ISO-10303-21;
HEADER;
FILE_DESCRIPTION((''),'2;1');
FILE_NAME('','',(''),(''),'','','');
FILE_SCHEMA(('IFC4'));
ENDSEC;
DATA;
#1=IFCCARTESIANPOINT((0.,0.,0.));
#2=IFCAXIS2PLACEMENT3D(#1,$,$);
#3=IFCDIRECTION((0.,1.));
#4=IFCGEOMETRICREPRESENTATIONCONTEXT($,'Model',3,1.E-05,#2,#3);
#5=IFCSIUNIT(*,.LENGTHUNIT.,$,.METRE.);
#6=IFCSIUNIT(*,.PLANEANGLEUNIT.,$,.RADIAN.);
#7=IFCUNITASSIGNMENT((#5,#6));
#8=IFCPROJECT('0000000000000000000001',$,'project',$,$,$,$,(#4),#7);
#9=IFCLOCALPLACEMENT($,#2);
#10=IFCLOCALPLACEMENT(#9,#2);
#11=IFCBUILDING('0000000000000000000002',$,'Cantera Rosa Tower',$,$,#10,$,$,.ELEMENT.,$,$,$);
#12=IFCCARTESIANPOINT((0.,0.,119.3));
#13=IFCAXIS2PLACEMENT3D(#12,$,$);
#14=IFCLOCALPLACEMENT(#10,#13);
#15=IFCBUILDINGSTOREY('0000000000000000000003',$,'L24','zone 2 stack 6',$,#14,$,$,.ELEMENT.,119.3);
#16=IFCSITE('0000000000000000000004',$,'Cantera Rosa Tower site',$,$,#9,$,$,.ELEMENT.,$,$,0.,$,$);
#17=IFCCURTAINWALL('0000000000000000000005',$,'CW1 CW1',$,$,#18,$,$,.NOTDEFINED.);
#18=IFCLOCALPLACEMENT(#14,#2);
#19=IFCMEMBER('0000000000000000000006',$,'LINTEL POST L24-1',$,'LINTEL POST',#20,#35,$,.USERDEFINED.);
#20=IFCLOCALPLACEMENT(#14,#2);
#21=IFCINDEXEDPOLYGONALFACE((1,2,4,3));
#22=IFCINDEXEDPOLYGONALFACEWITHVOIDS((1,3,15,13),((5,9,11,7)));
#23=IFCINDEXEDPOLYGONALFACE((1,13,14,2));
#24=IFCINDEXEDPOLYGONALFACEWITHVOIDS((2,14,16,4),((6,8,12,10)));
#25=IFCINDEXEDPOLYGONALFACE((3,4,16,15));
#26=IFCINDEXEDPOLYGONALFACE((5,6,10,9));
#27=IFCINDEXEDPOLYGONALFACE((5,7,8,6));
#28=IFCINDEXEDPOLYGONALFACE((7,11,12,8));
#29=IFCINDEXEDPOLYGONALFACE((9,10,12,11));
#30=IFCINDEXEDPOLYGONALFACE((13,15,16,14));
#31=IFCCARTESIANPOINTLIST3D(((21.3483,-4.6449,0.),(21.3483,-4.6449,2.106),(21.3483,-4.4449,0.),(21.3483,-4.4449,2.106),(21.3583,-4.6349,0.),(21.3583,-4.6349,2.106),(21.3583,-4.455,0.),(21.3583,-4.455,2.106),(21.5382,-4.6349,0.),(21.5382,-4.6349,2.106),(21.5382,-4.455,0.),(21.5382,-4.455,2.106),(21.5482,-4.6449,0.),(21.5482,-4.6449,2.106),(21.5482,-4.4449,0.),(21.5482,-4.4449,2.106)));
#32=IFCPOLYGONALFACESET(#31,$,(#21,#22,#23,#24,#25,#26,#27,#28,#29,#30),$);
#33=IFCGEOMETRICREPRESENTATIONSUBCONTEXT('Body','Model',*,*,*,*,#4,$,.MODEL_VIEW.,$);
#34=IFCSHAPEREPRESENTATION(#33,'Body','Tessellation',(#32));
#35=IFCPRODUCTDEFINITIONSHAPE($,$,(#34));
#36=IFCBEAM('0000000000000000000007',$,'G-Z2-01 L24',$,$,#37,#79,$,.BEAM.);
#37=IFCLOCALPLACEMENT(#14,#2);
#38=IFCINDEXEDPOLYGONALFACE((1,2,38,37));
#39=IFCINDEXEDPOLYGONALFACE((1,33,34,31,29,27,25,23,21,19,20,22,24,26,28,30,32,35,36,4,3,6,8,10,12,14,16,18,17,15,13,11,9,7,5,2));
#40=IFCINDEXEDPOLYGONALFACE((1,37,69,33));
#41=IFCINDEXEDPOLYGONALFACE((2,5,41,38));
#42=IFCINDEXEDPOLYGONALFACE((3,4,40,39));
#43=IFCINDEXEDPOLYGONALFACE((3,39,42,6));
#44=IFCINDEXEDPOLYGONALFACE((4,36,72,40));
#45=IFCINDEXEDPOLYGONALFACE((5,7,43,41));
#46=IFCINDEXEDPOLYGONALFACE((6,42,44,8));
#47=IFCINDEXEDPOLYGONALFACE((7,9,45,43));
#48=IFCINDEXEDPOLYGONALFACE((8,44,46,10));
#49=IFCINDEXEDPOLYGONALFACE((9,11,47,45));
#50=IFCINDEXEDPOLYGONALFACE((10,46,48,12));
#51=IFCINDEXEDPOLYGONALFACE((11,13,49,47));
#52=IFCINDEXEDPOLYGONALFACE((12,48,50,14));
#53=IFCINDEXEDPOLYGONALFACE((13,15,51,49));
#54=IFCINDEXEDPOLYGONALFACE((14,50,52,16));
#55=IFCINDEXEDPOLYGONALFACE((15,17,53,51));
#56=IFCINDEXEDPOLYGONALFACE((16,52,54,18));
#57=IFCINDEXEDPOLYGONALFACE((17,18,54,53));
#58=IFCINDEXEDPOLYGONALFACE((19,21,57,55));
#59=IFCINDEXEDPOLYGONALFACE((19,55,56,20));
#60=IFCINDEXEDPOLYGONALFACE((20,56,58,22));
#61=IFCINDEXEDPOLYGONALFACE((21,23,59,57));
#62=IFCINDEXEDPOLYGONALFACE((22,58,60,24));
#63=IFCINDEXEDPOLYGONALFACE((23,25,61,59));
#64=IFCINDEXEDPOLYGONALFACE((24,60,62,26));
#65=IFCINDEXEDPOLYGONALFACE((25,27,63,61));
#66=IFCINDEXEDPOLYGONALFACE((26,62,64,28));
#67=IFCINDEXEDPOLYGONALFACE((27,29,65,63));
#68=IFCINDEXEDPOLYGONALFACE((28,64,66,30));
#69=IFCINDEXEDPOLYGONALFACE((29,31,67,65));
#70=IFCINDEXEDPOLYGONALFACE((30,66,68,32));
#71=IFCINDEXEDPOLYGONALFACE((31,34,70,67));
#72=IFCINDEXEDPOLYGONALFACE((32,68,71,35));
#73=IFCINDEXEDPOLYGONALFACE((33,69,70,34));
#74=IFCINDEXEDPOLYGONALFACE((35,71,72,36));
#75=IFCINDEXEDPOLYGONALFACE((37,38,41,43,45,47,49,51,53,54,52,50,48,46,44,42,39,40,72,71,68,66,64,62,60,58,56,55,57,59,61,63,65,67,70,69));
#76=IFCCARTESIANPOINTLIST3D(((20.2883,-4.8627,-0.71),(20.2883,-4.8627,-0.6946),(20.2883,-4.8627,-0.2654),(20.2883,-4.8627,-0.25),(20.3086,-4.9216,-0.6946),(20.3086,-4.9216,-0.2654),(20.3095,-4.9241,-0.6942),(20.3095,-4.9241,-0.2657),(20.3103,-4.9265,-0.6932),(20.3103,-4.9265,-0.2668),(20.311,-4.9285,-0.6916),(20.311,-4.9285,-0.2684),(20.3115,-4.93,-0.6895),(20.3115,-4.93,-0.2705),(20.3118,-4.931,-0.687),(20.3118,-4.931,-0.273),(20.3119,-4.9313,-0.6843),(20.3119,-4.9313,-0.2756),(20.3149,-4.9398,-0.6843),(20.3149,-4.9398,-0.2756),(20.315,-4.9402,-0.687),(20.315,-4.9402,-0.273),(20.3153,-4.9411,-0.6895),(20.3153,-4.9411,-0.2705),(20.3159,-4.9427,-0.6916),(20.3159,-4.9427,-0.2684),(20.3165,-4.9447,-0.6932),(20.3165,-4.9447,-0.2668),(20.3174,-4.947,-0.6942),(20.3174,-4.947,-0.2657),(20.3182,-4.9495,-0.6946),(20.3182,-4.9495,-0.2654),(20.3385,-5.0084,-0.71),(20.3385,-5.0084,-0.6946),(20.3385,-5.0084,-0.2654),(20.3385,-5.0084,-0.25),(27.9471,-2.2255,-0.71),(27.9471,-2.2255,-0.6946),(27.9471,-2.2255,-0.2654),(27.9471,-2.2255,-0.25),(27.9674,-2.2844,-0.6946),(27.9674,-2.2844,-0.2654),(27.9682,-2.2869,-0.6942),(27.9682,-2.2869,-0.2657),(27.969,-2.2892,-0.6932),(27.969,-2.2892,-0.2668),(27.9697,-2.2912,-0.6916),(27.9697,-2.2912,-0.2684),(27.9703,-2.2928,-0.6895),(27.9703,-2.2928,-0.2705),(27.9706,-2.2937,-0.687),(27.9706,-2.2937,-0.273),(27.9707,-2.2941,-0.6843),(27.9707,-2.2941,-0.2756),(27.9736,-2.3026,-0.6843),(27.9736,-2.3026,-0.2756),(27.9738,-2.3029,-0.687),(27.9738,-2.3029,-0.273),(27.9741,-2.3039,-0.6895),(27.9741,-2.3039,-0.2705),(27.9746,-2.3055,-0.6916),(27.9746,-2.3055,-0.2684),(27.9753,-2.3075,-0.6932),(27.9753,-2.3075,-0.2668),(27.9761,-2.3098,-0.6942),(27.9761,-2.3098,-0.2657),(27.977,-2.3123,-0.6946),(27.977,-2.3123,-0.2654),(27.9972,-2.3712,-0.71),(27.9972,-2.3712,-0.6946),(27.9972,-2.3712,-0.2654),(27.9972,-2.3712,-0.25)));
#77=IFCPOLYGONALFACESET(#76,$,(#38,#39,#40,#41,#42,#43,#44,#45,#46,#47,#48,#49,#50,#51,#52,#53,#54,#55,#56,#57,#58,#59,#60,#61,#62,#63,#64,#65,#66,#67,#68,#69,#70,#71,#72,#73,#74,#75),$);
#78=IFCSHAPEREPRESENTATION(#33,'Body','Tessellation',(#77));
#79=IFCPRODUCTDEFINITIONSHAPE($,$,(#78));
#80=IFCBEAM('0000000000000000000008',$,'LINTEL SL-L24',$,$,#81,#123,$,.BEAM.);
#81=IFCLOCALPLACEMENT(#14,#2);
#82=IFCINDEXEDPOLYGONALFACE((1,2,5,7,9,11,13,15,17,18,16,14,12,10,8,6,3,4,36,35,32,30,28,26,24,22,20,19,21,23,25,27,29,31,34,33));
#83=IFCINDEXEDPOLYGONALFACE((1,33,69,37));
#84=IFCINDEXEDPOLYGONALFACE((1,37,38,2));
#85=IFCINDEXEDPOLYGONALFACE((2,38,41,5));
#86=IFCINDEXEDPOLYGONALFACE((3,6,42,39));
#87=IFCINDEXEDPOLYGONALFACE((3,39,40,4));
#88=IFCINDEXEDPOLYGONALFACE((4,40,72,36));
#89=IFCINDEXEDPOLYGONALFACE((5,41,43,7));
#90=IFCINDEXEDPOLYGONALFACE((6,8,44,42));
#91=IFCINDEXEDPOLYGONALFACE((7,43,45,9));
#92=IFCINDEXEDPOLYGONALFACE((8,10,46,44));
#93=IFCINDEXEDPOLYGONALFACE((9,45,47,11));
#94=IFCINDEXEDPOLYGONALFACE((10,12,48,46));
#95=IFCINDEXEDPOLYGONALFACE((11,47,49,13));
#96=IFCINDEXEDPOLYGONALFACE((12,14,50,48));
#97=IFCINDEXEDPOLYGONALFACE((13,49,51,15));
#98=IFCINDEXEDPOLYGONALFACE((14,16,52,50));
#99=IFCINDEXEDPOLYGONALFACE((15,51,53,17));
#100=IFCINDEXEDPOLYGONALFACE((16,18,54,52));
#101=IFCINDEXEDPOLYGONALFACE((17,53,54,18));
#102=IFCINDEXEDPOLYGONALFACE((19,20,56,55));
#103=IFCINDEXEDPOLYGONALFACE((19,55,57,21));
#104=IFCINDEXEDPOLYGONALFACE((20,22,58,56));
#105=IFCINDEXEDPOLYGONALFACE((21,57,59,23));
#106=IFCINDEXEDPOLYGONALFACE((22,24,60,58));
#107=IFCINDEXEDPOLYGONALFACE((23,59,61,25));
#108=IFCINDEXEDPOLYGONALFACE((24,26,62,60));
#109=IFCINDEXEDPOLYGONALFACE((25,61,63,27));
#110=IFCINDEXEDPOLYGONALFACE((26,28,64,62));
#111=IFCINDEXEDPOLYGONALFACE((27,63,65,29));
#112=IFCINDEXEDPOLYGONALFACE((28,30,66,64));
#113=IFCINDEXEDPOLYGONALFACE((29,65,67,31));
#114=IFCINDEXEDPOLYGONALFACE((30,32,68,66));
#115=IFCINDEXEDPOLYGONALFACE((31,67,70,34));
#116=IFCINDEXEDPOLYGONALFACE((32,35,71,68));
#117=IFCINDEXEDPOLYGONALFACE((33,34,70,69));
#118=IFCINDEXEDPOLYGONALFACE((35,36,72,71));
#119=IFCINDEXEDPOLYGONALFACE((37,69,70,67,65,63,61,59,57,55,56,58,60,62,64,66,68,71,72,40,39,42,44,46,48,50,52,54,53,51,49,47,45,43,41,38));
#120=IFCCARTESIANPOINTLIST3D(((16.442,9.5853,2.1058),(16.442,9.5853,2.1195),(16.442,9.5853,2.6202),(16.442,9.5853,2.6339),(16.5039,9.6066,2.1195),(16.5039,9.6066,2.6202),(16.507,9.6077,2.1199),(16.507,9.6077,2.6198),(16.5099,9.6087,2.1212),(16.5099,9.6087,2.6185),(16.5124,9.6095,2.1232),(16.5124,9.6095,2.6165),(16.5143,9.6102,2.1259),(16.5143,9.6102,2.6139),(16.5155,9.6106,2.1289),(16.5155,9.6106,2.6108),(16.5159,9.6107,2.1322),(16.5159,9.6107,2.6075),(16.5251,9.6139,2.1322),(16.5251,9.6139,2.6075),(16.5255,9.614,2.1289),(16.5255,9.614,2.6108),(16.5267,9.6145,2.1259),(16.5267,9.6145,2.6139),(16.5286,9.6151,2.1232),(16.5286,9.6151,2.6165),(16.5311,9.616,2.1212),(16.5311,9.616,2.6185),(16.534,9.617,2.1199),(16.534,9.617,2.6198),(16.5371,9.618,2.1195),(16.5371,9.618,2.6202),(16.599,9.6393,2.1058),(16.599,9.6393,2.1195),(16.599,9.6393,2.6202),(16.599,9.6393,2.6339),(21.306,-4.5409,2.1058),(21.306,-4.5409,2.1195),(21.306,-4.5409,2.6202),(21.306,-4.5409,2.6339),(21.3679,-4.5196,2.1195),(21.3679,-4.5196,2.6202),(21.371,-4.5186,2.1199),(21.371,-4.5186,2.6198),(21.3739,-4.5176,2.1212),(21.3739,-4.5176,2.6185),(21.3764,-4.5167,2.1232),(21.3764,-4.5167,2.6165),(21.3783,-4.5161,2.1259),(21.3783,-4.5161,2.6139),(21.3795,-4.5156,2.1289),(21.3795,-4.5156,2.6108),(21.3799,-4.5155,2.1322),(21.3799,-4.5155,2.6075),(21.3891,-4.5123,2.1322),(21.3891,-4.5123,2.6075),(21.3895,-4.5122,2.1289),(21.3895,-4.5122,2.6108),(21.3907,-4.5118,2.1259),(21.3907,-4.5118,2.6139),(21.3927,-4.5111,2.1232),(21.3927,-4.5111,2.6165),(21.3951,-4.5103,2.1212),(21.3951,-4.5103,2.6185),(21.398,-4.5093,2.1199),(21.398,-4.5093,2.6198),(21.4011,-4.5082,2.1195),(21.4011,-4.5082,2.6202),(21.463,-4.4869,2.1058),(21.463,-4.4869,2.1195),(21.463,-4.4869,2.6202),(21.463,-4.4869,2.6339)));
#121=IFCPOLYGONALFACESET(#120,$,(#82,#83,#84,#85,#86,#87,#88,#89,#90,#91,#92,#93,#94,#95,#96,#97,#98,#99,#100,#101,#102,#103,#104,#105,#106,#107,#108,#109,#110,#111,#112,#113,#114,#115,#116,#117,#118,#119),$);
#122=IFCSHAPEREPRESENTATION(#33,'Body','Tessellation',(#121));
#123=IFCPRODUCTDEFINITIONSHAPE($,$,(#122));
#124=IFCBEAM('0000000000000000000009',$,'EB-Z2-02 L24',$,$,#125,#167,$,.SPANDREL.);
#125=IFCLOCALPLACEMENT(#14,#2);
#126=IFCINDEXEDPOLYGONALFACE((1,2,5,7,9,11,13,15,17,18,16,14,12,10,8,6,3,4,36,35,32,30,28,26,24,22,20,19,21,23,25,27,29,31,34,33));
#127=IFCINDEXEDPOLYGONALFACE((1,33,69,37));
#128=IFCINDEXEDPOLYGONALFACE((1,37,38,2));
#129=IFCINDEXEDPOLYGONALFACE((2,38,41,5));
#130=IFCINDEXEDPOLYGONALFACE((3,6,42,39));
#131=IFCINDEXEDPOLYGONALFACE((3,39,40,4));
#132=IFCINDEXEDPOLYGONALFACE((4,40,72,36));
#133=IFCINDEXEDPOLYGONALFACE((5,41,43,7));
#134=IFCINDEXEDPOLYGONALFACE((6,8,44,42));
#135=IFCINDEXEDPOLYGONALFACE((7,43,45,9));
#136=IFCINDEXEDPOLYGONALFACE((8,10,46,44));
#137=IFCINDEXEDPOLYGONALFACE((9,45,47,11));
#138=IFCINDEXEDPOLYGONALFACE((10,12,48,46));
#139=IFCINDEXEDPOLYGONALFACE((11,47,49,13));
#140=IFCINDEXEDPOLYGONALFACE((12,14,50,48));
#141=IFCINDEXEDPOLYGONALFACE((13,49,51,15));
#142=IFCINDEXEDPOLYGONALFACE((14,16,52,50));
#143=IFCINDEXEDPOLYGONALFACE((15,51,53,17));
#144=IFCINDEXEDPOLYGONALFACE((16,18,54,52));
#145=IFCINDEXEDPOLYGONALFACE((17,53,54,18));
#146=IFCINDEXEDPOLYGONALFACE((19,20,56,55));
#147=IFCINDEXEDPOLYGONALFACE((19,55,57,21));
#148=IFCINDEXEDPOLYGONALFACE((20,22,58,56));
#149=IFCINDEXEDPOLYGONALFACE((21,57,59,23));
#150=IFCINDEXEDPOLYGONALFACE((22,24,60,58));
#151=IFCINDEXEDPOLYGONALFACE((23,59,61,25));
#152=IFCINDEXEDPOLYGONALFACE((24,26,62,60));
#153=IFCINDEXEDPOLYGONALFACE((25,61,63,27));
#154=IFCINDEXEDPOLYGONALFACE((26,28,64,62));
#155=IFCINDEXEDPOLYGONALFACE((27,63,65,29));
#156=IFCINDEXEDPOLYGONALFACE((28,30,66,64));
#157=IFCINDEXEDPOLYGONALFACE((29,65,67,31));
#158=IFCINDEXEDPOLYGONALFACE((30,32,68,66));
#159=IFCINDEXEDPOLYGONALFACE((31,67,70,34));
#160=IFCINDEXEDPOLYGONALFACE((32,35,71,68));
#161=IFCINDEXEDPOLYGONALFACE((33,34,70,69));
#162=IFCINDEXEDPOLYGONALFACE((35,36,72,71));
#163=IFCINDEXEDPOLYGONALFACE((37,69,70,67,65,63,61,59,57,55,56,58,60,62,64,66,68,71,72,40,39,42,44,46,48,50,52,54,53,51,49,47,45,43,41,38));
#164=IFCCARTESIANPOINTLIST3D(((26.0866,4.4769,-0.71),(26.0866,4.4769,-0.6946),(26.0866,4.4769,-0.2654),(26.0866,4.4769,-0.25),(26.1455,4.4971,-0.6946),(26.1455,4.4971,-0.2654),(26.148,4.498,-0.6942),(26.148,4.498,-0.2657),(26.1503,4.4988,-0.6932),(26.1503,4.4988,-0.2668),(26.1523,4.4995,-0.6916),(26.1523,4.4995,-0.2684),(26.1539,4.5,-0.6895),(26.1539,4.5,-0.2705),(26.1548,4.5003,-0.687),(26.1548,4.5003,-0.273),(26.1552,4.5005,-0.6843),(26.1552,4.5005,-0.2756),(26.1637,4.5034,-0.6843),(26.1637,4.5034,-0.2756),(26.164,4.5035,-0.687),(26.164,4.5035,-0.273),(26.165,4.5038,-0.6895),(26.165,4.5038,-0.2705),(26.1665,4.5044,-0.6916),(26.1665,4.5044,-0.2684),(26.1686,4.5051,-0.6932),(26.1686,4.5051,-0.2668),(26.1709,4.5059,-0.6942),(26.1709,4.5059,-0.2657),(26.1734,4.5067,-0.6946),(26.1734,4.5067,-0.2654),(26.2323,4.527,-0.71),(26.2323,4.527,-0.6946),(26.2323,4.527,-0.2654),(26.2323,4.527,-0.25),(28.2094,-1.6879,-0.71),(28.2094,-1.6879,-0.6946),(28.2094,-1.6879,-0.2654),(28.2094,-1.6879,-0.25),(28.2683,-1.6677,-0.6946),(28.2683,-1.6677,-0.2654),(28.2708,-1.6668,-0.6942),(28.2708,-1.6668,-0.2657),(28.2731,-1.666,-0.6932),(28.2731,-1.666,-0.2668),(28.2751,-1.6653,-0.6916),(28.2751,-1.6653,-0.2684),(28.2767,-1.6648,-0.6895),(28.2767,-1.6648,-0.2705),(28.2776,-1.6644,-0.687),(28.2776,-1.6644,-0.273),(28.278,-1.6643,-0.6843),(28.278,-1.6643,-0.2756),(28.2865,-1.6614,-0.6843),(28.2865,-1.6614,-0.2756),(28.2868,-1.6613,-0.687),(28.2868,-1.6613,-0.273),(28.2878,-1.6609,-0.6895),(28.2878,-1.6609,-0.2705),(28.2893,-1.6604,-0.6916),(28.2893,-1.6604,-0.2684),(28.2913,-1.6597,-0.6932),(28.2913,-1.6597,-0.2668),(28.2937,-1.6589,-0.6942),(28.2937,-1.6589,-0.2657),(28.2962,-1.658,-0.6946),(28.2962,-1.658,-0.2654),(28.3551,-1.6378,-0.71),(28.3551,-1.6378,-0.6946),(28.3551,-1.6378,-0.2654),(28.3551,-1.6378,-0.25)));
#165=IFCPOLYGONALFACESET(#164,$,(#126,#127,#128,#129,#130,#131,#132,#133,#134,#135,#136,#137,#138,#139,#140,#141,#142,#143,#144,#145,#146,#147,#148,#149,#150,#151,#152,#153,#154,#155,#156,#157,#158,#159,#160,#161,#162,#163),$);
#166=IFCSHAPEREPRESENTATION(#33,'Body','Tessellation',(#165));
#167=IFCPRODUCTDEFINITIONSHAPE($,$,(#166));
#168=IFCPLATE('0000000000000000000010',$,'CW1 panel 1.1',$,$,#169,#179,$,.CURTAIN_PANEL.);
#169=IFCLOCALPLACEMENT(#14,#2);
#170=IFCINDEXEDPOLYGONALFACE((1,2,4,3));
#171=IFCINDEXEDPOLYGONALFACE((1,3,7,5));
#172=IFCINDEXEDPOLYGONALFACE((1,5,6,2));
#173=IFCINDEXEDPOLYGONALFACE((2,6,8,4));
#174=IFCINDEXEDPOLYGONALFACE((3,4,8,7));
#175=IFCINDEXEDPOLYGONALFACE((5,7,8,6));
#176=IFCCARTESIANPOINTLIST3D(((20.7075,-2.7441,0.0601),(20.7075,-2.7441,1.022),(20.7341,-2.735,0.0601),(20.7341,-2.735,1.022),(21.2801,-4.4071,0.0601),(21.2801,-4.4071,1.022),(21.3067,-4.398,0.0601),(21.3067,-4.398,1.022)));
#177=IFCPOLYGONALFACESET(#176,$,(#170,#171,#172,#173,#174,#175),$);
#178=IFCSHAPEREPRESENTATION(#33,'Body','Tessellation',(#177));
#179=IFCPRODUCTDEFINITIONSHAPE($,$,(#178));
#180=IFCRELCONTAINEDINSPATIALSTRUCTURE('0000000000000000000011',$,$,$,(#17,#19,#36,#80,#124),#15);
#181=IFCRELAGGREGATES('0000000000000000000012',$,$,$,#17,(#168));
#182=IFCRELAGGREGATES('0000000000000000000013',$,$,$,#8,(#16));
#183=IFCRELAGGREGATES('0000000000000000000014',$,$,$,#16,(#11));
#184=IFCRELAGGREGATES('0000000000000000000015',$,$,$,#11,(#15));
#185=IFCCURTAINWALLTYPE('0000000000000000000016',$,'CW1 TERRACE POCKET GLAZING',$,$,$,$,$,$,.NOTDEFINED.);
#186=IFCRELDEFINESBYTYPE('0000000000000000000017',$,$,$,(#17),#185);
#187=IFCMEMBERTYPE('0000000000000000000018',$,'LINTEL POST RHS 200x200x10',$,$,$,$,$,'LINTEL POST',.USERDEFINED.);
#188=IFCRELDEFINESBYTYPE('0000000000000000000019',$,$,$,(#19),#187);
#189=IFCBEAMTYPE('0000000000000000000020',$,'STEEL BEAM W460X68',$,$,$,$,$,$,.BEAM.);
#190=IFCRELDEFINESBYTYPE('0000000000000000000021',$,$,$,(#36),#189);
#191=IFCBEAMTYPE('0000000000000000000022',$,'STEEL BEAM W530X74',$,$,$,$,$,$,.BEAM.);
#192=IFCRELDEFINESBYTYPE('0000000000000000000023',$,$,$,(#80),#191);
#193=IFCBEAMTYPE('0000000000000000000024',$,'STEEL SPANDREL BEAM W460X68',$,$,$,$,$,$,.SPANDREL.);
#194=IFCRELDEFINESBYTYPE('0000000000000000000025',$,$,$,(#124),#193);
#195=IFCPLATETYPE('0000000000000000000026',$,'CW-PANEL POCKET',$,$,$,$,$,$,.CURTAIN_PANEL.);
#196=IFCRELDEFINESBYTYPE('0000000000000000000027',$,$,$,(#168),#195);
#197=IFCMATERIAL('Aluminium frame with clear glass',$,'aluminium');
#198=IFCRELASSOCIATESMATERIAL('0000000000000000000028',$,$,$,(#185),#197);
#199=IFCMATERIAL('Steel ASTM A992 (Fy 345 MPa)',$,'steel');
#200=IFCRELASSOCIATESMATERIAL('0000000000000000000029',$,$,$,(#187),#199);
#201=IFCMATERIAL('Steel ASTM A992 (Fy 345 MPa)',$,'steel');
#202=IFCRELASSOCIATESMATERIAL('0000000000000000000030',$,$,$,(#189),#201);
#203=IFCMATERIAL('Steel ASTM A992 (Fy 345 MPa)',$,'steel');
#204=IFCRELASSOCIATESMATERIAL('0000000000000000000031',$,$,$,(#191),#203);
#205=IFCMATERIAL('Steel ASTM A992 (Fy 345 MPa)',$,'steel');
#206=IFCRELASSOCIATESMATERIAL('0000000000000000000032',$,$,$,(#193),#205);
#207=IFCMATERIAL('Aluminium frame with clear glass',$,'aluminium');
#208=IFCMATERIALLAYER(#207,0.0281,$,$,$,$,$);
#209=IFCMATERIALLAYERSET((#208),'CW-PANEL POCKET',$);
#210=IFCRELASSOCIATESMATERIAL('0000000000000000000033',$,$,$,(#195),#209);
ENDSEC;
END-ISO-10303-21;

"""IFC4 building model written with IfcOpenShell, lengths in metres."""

from ifc_helpers import new_model, si_unit, direction, frame, origin, origin_2d, place, context, subcontext, project, spatial, rectangle, hollow_rectangle, i_section, extrude, material, layer, layer_set, material_profile, profile_set, type_object, element, aggregate, save


model = new_model("IFC4")

# Units and contexts
model_context = context("Model", 3, precision=1e-05, world=origin(), true_north=direction((0.0, 1.0)))
body_context = subcontext(model_context, "Body", "Model", "MODEL_VIEW")
ifc_project = project(units=[si_unit("LENGTHUNIT", "METRE"), si_unit("PLANEANGLEUNIT", "RADIAN")], contexts=[model_context])

# Site, building, storey
site_placement = place(None, origin())
site = spatial("IfcSite", under=ifc_project, at=site_placement, Name="Cantera Rosa Tower site", CompositionType="ELEMENT", RefElevation=0.0)
building_placement = place(site_placement, origin())
building = spatial("IfcBuilding", under=site, at=building_placement, Name="Cantera Rosa Tower", CompositionType="ELEMENT")
storey_placement = place(building_placement, frame((0.0, 0.0, 119.3)))
storey = spatial("IfcBuildingStorey", under=building, at=storey_placement, Name="L24", Description="zone 2 stack 6", CompositionType="ELEMENT", Elevation=119.3)

# Curtain wall
ifc_material_1 = material(Name="Aluminium frame with clear glass", Category="aluminium")
curtain_wall_type = type_object("IfcCurtainWallType", Name="CW1 TERRACE POCKET GLAZING", PredefinedType="NOTDEFINED", material=ifc_material_1)
curtain_wall_placement = place(storey_placement, origin())
curtain_wall = element("IfcCurtainWall", 1, at=curtain_wall_placement, inside=storey, type_object=curtain_wall_type, Name="CW1 CW1", PredefinedType="NOTDEFINED")

# Member
ifc_material_2 = material(Name="Steel ASTM A992 (Fy 345 MPa)", Category="steel")
ifc_material_profile_1 = material_profile(ifc_material_2, hollow_rectangle(XDim=0.2, YDim=0.2, WallThickness=0.01, at=origin_2d()), Name="LINTEL POST RHS 200x200x10")
ifc_profile_set_1 = profile_set([ifc_material_profile_1], Name="Steel ASTM A992 (Fy 345 MPa)")
member_type_1 = type_object("IfcMemberType", Name="LINTEL POST RHS 200x200x10", ElementType="LINTEL POST", PredefinedType="USERDEFINED", material=ifc_profile_set_1)
member_1_placement = place(storey_placement, frame((21.4482, -4.5449, 0.0), z_axis=(0.0, 0.0, 1.0), x_axis=(1.0, 0.0, 0.0)))
element("IfcMember", 2, at=member_1_placement, inside=storey, type_object=member_type_1, Name="LINTEL POST L24-1", ObjectType="LINTEL POST", PredefinedType="USERDEFINED", context=body_context, shape_type="SweptSolid", body=[
    extrude(hollow_rectangle(XDim=0.2, YDim=0.2, WallThickness=0.01, at=origin_2d()), origin(), (0.0, 0.0, 1.0), 2.106),
])

# Beams
ifc_material_3 = material(Name="Steel ASTM A992 (Fy 345 MPa)", Category="steel")
ifc_material_profile_2 = material_profile(ifc_material_3, i_section(OverallWidth=0.1541, OverallDepth=0.46, WebThickness=0.009, FlangeThickness=0.0154, FilletRadius=0.0103, at=origin_2d()), Name="W460X68")
ifc_profile_set_2 = profile_set([ifc_material_profile_2], Name="Steel ASTM A992 (Fy 345 MPa)")
beam_type_1 = type_object("IfcBeamType", Name="STEEL BEAM W460X68", PredefinedType="BEAM", material=ifc_profile_set_2)
beam_1_placement = place(storey_placement, frame((27.9722, -2.2983, -0.48), z_axis=(-0.945514, -0.32558, 0.0), x_axis=(0.32558, -0.945514, 0.0)))
element("IfcBeam", 3, at=beam_1_placement, inside=storey, type_object=beam_type_1, Name="G-Z2-01 L24", PredefinedType="BEAM", context=body_context, shape_type="SweptSolid", body=[
    extrude(i_section(OverallWidth=0.1541, OverallDepth=0.46, WebThickness=0.009, FlangeThickness=0.0154, FilletRadius=0.0103, at=origin_2d()), origin(), (0.0, 0.0, 1.0), 8.1001),
])
ifc_material_4 = material(Name="Steel ASTM A992 (Fy 345 MPa)", Category="steel")
ifc_material_profile_3 = material_profile(ifc_material_4, i_section(OverallWidth=0.166, OverallDepth=0.5281, WebThickness=0.0098, FlangeThickness=0.0137, FilletRadius=0.0127, at=origin_2d()), Name="W530X74")
ifc_profile_set_3 = profile_set([ifc_material_profile_3], Name="Steel ASTM A992 (Fy 345 MPa)")
beam_type_2 = type_object("IfcBeamType", Name="STEEL BEAM W530X74", PredefinedType="BEAM", material=ifc_profile_set_3)
beam_2_placement = place(storey_placement, frame((21.3845, -4.5139, 2.3699), z_axis=(-0.325566, 0.945519, 0.0), x_axis=(-0.945519, -0.325566, 0.0)))
element("IfcBeam", 4, at=beam_2_placement, inside=storey, type_object=beam_type_2, Name="LINTEL SL-L24", PredefinedType="BEAM", context=body_context, shape_type="SweptSolid", body=[
    extrude(i_section(OverallWidth=0.166, OverallDepth=0.5281, WebThickness=0.0098, FlangeThickness=0.0137, FilletRadius=0.0127, at=origin_2d()), origin(), (0.0, 0.0, 1.0), 14.9402),
])
ifc_material_5 = material(Name="Steel ASTM A992 (Fy 345 MPa)", Category="steel")
ifc_material_profile_4 = material_profile(ifc_material_5, i_section(OverallWidth=0.1541, OverallDepth=0.46, WebThickness=0.009, FlangeThickness=0.0154, FilletRadius=0.0103, at=origin_2d()), Name="W460X68")
ifc_profile_set_4 = profile_set([ifc_material_profile_4], Name="Steel ASTM A992 (Fy 345 MPa)")
beam_type_3 = type_object("IfcBeamType", Name="STEEL SPANDREL BEAM W460X68", PredefinedType="SPANDREL", material=ifc_profile_set_4)
beam_3_placement = place(storey_placement, frame((28.2822, -1.6628, -0.48), z_axis=(-0.325581, 0.945514, 0.0), x_axis=(-0.945514, -0.325581, 0.0)))
element("IfcBeam", 5, at=beam_3_placement, inside=storey, type_object=beam_type_3, Name="EB-Z2-02 L24", PredefinedType="SPANDREL", context=body_context, shape_type="SweptSolid", body=[
    extrude(i_section(OverallWidth=0.1541, OverallDepth=0.46, WebThickness=0.009, FlangeThickness=0.0154, FilletRadius=0.0103, at=origin_2d()), origin(), (0.0, 0.0, 1.0), 6.52),
])

# Plate
ifc_material_6 = material(Name="Aluminium frame with clear glass", Category="aluminium")
ifc_layer_1 = layer(ifc_material_6, 0.0281)
ifc_layer_set_1 = layer_set([ifc_layer_1], Name="CW-PANEL POCKET")
plate_type = type_object("IfcPlateType", Name="CW-PANEL POCKET", PredefinedType="CURTAIN_PANEL", material=ifc_layer_set_1)
plate_1_placement = place(storey_placement, frame((21.0071, -3.571, 0.0601), z_axis=(0.0, 0.0, 1.0), x_axis=(-0.325568, 0.945519, 0.0)))
plate_1 = element("IfcPlate", 6, at=plate_1_placement, type_object=plate_type, Name="CW1 panel 1.1", PredefinedType="CURTAIN_PANEL", context=body_context, shape_type="SweptSolid", body=[
    extrude(rectangle(XDim=1.7588, YDim=0.0281, at=origin_2d()), origin(), (0.0, 0.0, 1.0), 0.9619),
])
aggregate(curtain_wall, [plate_1])

save(model, "model.ifc")
